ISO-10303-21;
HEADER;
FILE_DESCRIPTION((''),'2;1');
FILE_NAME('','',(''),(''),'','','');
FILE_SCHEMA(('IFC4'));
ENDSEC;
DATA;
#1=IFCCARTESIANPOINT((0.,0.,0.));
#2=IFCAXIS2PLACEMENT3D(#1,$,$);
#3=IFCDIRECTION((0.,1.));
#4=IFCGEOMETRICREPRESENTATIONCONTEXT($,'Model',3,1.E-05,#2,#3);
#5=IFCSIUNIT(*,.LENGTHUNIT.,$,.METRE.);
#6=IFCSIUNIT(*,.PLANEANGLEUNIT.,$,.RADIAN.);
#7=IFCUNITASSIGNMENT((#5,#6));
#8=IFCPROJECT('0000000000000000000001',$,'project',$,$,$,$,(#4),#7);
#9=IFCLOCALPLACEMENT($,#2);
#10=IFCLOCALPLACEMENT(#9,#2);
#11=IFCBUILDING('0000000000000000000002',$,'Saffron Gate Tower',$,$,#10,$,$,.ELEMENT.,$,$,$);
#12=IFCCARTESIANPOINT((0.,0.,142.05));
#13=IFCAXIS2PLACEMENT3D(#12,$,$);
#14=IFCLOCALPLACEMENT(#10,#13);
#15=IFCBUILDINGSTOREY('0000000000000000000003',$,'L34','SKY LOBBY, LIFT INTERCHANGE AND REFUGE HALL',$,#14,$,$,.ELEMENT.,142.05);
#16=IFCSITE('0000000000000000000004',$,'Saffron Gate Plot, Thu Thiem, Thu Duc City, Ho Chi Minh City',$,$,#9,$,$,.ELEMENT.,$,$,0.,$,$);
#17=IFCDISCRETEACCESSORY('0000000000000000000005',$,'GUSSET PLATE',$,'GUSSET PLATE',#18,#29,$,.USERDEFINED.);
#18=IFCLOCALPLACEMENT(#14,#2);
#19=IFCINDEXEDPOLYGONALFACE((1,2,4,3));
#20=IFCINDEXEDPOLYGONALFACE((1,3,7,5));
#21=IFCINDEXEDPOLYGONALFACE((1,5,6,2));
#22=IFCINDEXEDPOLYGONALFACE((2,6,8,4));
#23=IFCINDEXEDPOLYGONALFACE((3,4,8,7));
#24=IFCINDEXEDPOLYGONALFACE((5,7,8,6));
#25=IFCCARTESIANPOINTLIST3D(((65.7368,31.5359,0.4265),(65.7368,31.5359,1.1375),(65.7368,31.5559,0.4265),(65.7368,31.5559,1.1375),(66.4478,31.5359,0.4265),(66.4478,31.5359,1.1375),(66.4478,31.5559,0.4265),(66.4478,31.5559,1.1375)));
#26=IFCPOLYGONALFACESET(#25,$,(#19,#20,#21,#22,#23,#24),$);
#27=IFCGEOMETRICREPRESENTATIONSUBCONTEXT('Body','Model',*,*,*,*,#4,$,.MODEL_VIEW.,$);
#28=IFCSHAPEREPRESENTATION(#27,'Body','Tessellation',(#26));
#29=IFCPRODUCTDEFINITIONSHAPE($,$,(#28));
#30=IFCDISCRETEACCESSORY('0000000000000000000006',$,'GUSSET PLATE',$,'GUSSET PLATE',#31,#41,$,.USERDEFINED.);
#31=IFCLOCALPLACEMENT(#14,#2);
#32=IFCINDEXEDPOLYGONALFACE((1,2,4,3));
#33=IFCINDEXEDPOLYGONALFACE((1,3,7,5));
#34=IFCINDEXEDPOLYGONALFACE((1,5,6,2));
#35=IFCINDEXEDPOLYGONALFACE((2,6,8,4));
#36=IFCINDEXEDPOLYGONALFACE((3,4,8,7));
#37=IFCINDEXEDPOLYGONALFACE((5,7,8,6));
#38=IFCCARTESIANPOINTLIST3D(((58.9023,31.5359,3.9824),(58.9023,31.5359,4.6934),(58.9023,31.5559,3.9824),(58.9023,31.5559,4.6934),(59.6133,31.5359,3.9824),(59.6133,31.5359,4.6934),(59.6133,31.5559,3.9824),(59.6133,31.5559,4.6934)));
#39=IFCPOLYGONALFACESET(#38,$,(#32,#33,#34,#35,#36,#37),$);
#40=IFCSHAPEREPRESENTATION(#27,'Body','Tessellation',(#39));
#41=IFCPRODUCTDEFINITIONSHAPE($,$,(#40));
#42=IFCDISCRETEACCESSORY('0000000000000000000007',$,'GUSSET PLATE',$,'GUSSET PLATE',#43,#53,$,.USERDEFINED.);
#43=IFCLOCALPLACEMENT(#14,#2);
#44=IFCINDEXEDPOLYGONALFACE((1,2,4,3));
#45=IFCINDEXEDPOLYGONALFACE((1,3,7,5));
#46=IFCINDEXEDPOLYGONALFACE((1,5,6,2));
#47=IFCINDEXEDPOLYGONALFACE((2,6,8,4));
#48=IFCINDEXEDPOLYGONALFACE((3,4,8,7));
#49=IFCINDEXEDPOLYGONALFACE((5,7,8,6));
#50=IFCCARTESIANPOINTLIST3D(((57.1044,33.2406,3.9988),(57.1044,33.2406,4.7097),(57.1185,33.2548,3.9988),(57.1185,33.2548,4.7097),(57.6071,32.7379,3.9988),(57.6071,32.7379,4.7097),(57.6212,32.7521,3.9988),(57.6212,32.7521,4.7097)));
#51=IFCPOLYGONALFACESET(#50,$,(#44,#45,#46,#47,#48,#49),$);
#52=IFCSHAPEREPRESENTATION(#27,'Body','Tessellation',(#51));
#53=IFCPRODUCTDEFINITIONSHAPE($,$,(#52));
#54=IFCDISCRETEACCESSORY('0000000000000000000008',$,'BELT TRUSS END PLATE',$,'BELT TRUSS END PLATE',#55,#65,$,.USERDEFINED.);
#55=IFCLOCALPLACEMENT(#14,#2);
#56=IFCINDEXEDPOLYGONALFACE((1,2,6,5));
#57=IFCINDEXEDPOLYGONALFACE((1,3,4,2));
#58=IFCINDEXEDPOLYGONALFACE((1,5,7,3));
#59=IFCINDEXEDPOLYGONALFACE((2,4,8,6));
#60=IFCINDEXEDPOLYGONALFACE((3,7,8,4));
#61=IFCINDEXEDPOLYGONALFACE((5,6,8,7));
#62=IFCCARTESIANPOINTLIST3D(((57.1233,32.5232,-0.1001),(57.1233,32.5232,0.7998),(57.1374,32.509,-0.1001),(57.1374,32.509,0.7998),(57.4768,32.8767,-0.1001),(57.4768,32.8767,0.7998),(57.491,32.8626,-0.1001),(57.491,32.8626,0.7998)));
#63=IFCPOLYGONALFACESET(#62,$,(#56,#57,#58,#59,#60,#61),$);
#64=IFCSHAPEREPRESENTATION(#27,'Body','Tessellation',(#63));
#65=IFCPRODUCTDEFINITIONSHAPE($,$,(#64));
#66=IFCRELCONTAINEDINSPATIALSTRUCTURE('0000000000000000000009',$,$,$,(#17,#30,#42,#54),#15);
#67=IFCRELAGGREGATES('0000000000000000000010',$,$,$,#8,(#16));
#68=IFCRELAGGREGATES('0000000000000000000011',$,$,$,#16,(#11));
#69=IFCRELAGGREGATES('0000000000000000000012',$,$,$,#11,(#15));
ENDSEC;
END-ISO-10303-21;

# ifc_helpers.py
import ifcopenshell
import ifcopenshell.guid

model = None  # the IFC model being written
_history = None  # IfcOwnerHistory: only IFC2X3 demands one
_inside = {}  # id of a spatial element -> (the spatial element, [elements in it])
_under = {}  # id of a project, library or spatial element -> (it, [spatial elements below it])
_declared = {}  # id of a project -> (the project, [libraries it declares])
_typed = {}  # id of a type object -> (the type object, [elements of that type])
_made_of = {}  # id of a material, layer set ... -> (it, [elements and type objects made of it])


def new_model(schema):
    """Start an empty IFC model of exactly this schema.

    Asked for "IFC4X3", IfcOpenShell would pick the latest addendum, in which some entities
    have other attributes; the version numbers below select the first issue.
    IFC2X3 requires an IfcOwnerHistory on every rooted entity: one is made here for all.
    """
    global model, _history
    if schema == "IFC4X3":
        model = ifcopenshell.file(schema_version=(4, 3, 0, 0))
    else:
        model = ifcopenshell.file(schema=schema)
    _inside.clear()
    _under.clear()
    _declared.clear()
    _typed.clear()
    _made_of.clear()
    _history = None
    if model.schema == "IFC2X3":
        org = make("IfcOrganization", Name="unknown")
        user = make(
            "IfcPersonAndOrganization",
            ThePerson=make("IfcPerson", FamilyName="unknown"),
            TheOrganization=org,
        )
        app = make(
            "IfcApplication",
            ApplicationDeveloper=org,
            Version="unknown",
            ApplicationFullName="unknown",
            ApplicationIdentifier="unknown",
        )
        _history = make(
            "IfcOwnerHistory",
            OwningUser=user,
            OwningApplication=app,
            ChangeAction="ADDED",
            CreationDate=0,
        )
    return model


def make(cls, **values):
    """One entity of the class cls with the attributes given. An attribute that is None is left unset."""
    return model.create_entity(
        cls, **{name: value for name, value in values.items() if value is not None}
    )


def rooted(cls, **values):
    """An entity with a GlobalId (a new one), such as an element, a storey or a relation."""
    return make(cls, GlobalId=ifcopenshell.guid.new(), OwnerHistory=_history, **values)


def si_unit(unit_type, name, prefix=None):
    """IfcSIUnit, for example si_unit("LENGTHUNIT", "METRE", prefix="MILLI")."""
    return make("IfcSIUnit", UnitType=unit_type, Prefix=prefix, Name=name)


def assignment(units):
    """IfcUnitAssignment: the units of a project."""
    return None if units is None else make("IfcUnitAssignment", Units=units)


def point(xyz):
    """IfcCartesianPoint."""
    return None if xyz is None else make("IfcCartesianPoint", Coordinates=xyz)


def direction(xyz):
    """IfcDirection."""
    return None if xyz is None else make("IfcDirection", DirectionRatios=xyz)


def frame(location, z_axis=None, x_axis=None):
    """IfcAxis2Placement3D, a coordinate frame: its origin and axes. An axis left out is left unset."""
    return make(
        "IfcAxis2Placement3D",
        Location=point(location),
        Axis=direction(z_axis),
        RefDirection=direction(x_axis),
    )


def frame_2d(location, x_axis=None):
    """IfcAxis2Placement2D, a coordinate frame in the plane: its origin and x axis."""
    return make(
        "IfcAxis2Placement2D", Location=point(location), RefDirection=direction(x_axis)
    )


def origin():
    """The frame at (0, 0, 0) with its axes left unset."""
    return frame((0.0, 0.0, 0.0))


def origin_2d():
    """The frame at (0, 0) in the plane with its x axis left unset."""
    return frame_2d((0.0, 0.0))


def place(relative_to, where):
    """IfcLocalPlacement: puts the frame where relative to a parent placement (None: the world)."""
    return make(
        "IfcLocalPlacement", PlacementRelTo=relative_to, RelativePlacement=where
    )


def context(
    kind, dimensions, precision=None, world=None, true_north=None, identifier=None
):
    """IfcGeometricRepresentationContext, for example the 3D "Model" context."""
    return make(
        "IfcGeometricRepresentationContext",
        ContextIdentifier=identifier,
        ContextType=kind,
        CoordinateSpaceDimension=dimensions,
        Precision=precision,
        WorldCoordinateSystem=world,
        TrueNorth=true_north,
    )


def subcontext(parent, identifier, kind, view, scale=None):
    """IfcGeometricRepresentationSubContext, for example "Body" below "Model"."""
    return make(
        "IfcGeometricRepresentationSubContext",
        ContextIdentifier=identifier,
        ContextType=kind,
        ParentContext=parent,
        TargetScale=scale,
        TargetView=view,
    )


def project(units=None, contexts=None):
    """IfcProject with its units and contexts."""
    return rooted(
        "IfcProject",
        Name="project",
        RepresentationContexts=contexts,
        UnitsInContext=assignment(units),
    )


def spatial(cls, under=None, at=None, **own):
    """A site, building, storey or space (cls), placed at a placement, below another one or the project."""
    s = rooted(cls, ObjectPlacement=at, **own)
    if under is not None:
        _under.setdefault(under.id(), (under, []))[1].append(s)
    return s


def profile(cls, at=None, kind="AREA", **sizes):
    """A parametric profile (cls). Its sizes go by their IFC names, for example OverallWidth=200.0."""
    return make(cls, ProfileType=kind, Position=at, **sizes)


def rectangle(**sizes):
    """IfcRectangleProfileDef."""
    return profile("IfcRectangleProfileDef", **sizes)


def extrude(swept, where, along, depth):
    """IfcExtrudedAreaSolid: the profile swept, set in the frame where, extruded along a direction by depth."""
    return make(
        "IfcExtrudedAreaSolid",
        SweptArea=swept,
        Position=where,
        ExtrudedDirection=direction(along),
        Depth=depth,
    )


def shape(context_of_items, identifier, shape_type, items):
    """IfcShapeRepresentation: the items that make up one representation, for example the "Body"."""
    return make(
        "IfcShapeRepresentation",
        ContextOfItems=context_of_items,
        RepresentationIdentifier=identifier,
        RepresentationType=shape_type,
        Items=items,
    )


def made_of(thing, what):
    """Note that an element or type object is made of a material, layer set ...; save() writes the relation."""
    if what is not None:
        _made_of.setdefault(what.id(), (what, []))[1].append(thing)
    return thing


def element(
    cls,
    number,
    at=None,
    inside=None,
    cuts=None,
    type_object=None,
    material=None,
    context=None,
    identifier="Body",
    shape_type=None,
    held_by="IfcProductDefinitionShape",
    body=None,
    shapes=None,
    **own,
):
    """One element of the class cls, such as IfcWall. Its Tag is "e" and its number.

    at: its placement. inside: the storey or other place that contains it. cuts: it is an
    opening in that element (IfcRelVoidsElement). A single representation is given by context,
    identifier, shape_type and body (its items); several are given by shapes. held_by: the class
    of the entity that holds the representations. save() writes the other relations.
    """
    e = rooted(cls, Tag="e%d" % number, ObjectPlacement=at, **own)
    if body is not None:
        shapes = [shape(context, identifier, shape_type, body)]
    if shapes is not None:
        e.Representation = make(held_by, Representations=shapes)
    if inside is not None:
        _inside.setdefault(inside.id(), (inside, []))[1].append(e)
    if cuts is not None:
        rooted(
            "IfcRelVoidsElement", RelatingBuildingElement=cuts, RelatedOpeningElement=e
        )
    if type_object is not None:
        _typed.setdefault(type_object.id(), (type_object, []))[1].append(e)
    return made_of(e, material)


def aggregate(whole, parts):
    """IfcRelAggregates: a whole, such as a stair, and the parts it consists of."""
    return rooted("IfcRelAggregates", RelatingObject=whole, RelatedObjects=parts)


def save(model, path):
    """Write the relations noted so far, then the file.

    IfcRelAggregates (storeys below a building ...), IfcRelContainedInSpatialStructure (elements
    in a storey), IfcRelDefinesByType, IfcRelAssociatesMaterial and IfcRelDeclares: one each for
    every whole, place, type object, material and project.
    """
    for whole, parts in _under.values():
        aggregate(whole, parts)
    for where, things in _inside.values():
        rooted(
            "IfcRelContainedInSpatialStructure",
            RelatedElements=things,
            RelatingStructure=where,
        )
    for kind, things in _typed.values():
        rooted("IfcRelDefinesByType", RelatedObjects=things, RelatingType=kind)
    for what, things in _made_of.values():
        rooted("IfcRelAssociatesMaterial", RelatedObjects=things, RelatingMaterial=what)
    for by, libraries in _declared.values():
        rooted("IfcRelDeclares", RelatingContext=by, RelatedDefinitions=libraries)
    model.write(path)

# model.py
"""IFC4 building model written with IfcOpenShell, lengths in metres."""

from ifc_helpers import new_model, si_unit, direction, frame, origin, origin_2d, place, context, subcontext, project, spatial, rectangle, extrude, element, save


model = new_model("IFC4")

# Units and contexts
model_context = context("Model", 3, precision=1e-05, world=origin(), true_north=direction((0.0, 1.0)))
body_context = subcontext(model_context, "Body", "Model", "MODEL_VIEW")
ifc_project = project(units=[si_unit("LENGTHUNIT", "METRE"), si_unit("PLANEANGLEUNIT", "RADIAN")], contexts=[model_context])

# Site, building, storey
site_placement = place(None, origin())
site = spatial("IfcSite", under=ifc_project, at=site_placement, Name="Saffron Gate Plot, Thu Thiem, Thu Duc City, Ho Chi Minh City", CompositionType="ELEMENT", RefElevation=0.0)
building_placement = place(site_placement, origin())
building = spatial("IfcBuilding", under=site, at=building_placement, Name="Saffron Gate Tower", CompositionType="ELEMENT")
storey_placement = place(building_placement, frame((0.0, 0.0, 142.05)))
storey = spatial("IfcBuildingStorey", under=building, at=storey_placement, Name="L34", Description="SKY LOBBY, LIFT INTERCHANGE AND REFUGE HALL", CompositionType="ELEMENT", Elevation=142.05)

# Discrete accessories
for number, where, z_axis, x_axis, name in (
    (1, (66.0923, 31.5459, 0.4265), (0.0, 0.0, 1.0), (-1.0, 0.0, 0.0), "GUSSET PLATE"),
    (2, (59.2578, 31.5459, 3.9824), (0.0, 0.0, 1.0), (-1.0, 0.0, 0.0), "GUSSET PLATE"),
    (3, (57.3628, 32.9963, 3.9988), (0.0, 0.0, 1.0), (0.707107, -0.707107, 0.0), "GUSSET PLATE"),
):
    element("IfcDiscreteAccessory", number, at=place(storey_placement, frame(where, z_axis=z_axis, x_axis=x_axis)), inside=storey, Name=name, ObjectType="GUSSET PLATE", PredefinedType="USERDEFINED", context=body_context, shape_type="SweptSolid", body=[
        extrude(rectangle(XDim=0.7109, YDim=0.02, at=origin_2d()), origin(), (0.0, 0.0, 1.0), 0.7109),
    ])
discrete_accessory_placement = place(storey_placement, frame((57.3071, 32.6929, -0.1001), z_axis=(0.0, 0.0, 1.0), x_axis=(0.707107, -0.707107, 0.0)))
element("IfcDiscreteAccessory", 4, at=discrete_accessory_placement, inside=storey, Name="BELT TRUSS END PLATE", ObjectType="BELT TRUSS END PLATE", PredefinedType="USERDEFINED", context=body_context, shape_type="SweptSolid", body=[
    extrude(rectangle(XDim=0.02, YDim=0.5, at=origin_2d()), origin(), (0.0, 0.0, 1.0), 0.8999),
])

save(model, "model.ifc")
